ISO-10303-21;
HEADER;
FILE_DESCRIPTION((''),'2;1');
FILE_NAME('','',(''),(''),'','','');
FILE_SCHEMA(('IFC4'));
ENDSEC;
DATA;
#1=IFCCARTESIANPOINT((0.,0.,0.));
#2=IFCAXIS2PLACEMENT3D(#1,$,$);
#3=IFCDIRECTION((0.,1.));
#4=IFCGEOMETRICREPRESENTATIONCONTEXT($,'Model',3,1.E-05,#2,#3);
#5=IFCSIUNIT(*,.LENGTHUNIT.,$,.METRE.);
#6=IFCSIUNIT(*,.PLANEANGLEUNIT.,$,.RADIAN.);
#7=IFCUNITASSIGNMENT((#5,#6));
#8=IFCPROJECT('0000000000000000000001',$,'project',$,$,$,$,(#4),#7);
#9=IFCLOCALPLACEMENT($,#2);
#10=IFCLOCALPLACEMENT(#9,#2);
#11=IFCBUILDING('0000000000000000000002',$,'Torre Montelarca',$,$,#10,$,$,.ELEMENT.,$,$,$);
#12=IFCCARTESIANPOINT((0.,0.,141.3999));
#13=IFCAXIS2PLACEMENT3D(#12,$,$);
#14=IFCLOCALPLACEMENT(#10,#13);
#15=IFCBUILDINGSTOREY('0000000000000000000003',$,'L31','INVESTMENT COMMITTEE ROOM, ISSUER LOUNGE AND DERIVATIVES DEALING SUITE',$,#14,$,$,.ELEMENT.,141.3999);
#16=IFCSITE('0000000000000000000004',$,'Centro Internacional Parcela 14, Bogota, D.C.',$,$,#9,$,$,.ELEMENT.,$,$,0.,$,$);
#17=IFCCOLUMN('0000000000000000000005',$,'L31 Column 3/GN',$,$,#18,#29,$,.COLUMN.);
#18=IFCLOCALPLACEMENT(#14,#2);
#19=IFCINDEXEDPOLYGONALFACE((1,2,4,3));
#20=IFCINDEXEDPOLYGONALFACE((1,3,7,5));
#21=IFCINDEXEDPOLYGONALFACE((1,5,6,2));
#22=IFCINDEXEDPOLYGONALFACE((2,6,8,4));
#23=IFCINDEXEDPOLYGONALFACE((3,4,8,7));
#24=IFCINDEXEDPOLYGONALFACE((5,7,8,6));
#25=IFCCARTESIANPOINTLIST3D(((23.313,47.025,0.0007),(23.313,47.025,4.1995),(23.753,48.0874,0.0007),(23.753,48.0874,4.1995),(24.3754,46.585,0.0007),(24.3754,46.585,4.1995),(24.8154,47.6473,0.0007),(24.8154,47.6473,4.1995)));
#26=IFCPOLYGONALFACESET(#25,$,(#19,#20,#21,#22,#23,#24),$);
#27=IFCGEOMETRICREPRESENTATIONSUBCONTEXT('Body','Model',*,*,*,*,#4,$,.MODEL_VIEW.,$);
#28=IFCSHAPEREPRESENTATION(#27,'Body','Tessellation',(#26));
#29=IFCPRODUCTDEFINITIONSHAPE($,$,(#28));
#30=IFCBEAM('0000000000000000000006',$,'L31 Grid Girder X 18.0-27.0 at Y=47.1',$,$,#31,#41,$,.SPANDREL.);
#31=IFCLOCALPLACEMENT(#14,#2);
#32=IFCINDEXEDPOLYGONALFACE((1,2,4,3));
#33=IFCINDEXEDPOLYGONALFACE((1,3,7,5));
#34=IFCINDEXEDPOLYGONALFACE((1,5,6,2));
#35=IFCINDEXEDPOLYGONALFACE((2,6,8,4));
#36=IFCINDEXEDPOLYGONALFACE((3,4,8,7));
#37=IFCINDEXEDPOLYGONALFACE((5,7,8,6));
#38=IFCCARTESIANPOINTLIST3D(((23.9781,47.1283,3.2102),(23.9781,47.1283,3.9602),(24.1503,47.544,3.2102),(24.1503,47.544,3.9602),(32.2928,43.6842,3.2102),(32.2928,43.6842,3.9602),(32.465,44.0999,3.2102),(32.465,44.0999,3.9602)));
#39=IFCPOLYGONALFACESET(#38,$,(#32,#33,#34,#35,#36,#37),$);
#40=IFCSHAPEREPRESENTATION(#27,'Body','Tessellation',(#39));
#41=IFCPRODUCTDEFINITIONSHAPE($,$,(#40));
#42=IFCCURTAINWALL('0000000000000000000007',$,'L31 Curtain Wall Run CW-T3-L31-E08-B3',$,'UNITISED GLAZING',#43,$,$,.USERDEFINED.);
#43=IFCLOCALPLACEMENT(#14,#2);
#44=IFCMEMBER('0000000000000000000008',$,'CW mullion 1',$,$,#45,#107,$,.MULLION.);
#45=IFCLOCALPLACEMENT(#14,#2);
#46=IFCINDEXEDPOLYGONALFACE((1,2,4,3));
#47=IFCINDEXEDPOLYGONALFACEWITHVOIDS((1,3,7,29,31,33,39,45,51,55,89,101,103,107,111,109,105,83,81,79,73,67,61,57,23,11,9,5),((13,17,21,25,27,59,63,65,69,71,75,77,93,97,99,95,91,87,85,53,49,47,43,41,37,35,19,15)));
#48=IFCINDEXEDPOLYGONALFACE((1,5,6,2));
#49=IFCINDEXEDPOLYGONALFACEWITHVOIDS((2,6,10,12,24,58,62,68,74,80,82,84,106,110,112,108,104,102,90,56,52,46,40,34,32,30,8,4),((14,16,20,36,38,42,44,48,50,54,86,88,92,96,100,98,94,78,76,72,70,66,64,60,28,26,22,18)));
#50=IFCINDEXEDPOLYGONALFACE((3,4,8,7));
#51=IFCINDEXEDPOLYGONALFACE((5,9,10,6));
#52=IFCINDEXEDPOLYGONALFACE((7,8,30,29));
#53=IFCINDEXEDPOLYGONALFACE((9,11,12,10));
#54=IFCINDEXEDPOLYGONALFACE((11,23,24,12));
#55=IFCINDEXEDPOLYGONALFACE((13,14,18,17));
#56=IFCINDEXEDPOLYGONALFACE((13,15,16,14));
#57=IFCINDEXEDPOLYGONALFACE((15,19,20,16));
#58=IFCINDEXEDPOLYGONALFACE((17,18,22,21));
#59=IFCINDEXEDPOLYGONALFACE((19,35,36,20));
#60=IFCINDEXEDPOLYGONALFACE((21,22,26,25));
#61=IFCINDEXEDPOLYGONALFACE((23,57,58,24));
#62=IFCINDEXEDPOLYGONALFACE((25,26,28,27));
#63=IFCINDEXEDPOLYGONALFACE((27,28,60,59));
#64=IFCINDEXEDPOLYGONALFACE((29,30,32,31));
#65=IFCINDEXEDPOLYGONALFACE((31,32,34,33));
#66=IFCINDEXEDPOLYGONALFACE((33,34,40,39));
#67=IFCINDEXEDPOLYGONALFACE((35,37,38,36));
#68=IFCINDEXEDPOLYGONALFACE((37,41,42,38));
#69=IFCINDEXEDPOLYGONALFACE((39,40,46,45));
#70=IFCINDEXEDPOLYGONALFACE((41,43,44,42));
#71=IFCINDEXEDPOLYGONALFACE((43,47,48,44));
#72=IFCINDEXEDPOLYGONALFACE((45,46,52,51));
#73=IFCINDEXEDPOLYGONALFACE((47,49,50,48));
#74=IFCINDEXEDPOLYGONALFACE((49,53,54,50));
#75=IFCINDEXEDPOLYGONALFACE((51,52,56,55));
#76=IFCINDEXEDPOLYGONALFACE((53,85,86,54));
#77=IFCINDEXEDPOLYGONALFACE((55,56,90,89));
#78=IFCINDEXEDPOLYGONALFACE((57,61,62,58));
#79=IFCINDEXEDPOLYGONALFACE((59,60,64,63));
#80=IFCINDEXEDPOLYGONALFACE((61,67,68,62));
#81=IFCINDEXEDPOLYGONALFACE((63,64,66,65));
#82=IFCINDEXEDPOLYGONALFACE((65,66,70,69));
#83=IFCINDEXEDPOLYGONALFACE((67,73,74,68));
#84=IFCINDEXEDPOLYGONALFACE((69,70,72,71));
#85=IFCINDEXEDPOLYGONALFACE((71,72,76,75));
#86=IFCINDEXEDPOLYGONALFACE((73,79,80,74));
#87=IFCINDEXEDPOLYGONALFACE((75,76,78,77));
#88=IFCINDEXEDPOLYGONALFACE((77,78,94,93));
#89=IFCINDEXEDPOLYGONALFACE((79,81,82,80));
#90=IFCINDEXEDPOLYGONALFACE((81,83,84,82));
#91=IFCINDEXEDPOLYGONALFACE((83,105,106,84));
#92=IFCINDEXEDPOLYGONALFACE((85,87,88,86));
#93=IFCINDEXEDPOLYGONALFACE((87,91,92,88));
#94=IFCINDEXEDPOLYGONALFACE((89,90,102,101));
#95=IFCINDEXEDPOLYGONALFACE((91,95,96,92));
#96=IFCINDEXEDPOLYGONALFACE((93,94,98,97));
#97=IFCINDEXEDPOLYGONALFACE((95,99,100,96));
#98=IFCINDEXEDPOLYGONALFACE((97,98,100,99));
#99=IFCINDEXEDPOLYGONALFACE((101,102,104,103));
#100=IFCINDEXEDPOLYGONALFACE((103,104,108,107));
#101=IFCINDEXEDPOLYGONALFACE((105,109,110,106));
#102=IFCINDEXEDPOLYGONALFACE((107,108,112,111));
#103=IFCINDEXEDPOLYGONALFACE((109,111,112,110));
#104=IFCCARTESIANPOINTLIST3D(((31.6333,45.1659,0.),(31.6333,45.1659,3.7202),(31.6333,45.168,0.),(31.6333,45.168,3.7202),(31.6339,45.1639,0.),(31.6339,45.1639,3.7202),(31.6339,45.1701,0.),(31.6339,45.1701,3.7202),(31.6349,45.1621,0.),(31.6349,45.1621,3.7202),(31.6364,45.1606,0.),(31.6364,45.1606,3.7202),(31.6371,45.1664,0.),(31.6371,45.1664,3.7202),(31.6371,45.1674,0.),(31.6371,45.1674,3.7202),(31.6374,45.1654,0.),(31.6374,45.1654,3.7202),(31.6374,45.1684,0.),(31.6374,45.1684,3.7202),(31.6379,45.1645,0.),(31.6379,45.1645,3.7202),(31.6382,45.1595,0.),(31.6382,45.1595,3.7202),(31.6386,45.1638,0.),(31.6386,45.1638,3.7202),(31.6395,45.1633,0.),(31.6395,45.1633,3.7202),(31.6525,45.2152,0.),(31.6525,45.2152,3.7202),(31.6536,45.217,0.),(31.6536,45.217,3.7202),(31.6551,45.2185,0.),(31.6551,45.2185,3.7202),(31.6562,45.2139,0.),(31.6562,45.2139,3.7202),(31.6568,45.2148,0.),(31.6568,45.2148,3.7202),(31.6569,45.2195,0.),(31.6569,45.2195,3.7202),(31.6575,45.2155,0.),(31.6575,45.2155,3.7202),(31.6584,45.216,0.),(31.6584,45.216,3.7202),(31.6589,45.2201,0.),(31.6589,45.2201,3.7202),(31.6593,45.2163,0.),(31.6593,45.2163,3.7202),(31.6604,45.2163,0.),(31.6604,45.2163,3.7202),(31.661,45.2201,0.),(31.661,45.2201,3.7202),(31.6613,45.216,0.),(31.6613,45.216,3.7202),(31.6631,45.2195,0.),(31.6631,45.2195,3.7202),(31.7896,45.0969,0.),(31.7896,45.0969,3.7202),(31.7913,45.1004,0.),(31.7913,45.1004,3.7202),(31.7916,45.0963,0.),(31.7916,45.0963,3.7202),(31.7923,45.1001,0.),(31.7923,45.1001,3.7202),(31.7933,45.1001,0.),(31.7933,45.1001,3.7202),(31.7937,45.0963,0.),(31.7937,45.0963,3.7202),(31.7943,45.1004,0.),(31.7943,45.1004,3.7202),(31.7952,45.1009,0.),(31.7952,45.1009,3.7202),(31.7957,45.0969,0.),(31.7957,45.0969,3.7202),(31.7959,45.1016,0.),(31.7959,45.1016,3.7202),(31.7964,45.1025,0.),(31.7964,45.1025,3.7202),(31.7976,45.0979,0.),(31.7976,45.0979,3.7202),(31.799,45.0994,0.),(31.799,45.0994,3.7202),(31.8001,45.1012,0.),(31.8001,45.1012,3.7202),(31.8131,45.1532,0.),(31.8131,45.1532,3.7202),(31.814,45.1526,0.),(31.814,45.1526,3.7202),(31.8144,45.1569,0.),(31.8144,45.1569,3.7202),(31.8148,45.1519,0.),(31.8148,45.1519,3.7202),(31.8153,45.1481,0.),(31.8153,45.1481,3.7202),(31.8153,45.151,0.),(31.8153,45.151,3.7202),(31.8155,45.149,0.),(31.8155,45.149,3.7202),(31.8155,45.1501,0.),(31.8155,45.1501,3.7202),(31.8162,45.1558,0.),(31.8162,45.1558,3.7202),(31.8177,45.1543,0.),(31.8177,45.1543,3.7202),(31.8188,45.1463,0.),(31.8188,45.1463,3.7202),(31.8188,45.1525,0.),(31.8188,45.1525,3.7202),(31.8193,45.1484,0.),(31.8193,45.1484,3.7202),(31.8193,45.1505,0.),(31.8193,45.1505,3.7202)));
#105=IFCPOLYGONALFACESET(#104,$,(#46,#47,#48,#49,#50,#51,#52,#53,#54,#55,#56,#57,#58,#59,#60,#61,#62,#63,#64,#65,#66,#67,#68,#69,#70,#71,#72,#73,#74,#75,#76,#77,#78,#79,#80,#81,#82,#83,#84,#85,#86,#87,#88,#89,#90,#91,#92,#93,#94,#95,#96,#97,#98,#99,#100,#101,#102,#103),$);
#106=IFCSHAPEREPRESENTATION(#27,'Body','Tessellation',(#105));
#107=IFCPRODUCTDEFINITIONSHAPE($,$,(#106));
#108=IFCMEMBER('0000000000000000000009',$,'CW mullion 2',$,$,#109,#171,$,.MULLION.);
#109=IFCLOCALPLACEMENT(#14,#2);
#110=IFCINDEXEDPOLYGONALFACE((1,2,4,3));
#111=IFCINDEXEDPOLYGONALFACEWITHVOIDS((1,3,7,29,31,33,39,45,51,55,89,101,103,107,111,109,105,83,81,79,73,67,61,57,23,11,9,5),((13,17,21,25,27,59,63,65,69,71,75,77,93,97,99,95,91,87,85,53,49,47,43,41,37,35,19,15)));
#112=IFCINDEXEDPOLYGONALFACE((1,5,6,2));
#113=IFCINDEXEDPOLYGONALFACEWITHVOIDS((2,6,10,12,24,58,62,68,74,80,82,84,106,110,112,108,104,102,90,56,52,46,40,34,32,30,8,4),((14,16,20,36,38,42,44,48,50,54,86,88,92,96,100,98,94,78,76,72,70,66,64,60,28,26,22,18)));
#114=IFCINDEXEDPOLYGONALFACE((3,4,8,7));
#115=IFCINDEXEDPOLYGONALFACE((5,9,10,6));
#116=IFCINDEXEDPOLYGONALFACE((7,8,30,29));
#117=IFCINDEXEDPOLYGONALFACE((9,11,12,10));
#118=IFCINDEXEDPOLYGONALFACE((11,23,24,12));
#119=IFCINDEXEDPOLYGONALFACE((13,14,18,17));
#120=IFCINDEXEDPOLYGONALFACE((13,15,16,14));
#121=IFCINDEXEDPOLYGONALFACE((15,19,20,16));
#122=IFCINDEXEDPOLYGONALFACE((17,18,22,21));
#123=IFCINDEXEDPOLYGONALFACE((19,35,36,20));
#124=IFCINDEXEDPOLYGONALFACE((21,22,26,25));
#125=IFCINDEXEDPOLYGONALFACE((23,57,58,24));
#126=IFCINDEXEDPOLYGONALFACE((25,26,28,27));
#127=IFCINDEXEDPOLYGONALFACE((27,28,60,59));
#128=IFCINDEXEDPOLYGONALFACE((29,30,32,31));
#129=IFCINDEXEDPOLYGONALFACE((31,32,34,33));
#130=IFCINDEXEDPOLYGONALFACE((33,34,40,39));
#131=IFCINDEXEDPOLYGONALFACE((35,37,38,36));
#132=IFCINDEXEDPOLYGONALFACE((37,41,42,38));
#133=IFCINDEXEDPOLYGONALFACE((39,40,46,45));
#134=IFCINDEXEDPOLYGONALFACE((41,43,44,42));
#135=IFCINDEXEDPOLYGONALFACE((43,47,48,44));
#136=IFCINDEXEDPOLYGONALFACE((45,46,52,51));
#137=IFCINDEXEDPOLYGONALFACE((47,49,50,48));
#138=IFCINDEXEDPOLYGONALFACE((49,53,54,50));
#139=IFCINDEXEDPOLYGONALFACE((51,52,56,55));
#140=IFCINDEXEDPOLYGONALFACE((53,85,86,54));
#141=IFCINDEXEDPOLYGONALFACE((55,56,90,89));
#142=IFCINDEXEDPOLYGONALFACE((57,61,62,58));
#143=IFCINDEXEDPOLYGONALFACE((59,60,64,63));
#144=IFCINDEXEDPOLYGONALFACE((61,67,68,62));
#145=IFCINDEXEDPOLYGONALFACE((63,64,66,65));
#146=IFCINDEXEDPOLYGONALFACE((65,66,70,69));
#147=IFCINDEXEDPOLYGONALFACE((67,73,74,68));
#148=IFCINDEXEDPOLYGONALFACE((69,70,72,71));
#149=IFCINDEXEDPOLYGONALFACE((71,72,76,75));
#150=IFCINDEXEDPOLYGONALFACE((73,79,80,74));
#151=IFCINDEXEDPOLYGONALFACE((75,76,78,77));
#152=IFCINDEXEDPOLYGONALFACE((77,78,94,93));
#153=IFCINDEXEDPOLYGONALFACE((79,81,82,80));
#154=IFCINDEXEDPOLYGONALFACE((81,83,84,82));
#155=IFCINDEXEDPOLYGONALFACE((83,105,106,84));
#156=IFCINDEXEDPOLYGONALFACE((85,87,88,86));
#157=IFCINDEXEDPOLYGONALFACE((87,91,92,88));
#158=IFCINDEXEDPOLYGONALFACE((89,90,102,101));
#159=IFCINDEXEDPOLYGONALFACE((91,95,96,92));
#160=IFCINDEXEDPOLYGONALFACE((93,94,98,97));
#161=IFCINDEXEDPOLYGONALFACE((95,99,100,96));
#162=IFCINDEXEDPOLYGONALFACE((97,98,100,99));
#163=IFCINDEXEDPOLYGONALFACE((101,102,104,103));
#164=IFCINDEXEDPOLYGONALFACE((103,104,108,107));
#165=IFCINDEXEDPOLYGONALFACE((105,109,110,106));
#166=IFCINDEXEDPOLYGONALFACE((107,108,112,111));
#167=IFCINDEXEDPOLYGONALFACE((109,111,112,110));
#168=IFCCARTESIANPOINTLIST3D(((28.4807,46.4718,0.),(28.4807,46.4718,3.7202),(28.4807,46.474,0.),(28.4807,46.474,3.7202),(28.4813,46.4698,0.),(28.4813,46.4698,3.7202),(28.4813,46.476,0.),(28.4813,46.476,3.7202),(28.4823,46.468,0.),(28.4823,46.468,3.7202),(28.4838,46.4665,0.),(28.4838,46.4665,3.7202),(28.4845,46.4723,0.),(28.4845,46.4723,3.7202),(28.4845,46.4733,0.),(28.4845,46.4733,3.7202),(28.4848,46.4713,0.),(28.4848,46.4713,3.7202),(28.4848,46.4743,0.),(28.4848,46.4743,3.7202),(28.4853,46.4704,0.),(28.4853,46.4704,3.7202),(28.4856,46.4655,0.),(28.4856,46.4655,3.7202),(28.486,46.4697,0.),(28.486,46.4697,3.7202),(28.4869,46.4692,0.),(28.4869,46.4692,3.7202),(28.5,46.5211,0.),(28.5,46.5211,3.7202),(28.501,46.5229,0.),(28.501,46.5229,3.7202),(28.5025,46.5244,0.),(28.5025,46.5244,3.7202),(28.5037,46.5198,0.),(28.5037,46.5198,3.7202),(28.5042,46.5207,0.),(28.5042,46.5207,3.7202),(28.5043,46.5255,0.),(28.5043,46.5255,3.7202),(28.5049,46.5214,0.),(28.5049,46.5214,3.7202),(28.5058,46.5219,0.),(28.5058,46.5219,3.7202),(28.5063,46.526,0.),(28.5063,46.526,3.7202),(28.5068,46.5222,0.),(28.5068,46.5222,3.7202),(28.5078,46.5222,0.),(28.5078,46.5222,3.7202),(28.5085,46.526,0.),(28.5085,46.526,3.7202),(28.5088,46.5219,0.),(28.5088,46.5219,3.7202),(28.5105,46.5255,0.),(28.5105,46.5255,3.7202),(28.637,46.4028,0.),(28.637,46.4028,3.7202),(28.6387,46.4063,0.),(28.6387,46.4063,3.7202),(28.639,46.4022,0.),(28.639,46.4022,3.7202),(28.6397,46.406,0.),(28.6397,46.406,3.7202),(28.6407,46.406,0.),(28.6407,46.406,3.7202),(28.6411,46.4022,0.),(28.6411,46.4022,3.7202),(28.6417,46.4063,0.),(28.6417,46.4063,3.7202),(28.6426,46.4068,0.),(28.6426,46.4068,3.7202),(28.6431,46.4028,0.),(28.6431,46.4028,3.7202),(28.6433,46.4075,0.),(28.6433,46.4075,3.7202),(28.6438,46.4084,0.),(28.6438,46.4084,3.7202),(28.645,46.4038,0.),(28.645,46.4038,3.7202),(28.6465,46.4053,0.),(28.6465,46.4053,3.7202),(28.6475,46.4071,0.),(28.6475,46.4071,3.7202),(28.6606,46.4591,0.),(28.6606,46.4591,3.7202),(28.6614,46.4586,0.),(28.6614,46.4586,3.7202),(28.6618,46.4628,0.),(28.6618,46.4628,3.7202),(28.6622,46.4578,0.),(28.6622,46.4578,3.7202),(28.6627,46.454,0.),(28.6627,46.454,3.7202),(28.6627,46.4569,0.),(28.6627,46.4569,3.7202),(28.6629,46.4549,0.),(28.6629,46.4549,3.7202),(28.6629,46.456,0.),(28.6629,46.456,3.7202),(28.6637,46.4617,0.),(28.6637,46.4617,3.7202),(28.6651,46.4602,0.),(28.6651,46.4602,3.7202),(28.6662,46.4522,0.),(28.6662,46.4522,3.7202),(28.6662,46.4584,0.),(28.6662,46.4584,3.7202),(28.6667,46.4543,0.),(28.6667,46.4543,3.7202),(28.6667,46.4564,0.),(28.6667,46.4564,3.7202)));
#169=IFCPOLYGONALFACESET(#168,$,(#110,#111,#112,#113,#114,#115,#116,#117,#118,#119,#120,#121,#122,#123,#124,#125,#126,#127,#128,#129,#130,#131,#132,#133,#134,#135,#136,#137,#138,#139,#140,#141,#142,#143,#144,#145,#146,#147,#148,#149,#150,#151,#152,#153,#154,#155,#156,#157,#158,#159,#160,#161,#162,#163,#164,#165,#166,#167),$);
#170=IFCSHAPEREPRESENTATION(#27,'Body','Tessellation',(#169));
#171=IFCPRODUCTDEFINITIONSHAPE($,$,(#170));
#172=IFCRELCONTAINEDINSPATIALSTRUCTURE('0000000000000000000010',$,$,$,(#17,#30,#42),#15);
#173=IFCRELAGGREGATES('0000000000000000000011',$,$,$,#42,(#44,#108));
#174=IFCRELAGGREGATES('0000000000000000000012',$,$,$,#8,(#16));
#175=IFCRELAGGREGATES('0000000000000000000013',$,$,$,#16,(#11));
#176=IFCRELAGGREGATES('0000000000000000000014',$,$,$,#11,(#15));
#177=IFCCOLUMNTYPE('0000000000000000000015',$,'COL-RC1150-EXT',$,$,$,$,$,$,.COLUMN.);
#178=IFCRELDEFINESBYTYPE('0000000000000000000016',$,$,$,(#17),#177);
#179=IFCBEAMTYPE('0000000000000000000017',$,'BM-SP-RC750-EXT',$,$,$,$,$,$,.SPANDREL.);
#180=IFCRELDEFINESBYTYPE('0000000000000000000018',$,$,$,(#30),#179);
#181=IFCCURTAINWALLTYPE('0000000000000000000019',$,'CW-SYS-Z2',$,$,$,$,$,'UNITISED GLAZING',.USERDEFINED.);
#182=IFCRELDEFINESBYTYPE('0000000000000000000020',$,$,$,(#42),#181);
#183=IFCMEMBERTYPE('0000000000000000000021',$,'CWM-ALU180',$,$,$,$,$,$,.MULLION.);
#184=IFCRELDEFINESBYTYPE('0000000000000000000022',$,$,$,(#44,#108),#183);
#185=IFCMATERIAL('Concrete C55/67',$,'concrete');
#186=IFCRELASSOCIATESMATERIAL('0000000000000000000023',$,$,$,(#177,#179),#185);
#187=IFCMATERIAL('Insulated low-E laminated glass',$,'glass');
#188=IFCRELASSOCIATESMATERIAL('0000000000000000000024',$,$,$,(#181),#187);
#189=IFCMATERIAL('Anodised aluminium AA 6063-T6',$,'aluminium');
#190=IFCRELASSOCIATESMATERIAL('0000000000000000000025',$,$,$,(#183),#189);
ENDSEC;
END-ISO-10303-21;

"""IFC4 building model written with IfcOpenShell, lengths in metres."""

from ifc_helpers import new_model, si_unit, direction, frame, origin, origin_2d, place, context, subcontext, project, spatial, rectangle, hollow_rectangle, extrude, source, transform, mapped, material, material_profile, profile_set, type_object, element, aggregate, save


model = new_model("IFC4")

# Units and contexts
model_context = context("Model", 3, precision=1e-05, world=origin(), true_north=direction((0.0, 1.0)))
body_context = subcontext(model_context, "Body", "Model", "MODEL_VIEW")
ifc_project = project(units=[si_unit("LENGTHUNIT", "METRE"), si_unit("PLANEANGLEUNIT", "RADIAN")], contexts=[model_context])

# Site, building, storey
site_placement = place(None, origin())
site = spatial("IfcSite", under=ifc_project, at=site_placement, Name="Centro Internacional Parcela 14, Bogota, D.C.", CompositionType="ELEMENT", RefElevation=0.0)
building_placement = place(site_placement, origin())
building = spatial("IfcBuilding", under=site, at=building_placement, Name="Torre Montelarca", CompositionType="ELEMENT")
storey_placement = place(building_placement, frame((0.0, 0.0, 141.3999)))
storey = spatial("IfcBuildingStorey", under=building, at=storey_placement, Name="L31", Description="INVESTMENT COMMITTEE ROOM, ISSUER LOUNGE AND DERIVATIVES DEALING SUITE", CompositionType="ELEMENT", Elevation=141.3999)

# Column
ifc_material_1 = material(Name="Concrete C55/67", Category="concrete")
ifc_material_profile_1 = material_profile(ifc_material_1, rectangle(XDim=1.1499, YDim=1.1499, at=origin_2d()), Name="RC1150X1150", Category="concrete")
ifc_profile_set_1 = profile_set([ifc_material_profile_1], Name="Concrete C55/67")
column_type = type_object("IfcColumnType", Name="COL-RC1150-EXT", PredefinedType="COLUMN", material=ifc_profile_set_1)
shared_shape_1 = source(origin(), body_context, "Body", "SweptSolid", [
    extrude(rectangle(XDim=1.1499, YDim=1.1499, at=origin_2d()), origin(), (0.0, 0.0, 1.0), 4.1987),
])
column_placement = place(storey_placement, frame((24.0642, 47.3362, 0.0007), z_axis=(0.0, 0.0, 1.0), x_axis=(-0.92388, 0.382683, 0.0)))
element("IfcColumn", 1, at=column_placement, inside=storey, type_object=column_type, Name="L31 Column 3/GN", PredefinedType="COLUMN", context=body_context, shape_type="MappedRepresentation", body=[
    mapped(shared_shape_1, transform((0.0, 0.0, 0.0), scale=1.0)),
])

# Beam
ifc_material_profile_2 = material_profile(ifc_material_1, rectangle(XDim=0.45, YDim=0.75, at=origin_2d()), Name="RCB450X750", Category="concrete")
ifc_profile_set_2 = profile_set([ifc_material_profile_2], Name="Concrete C55/67")
beam_type = type_object("IfcBeamType", Name="BM-SP-RC750-EXT", PredefinedType="SPANDREL", material=ifc_profile_set_2)
shared_shape_2 = source(origin(), body_context, "Body", "SweptSolid", [
    extrude(rectangle(XDim=0.45, YDim=0.75, at=origin_2d()), origin(), (0.0, 0.0, 1.0), 8.9998),
])
beam_placement = place(storey_placement, frame((24.0642, 47.3362, 3.5852), z_axis=(0.923878, -0.382686, 0.0), x_axis=(0.382686, 0.923878, 0.0)))
element("IfcBeam", 2, at=beam_placement, inside=storey, type_object=beam_type, Name="L31 Grid Girder X 18.0-27.0 at Y=47.1", PredefinedType="SPANDREL", context=body_context, shape_type="MappedRepresentation", body=[
    mapped(shared_shape_2, transform((0.0, 0.0, 0.0), scale=1.0)),
])

# Curtain wall, members
ifc_material_2 = material(Name="Insulated low-E laminated glass", Category="glass")
curtain_wall_type = type_object("IfcCurtainWallType", Name="CW-SYS-Z2", ElementType="UNITISED GLAZING", PredefinedType="USERDEFINED", material=ifc_material_2)
curtain_wall_1_placement = place(storey_placement, origin())
curtain_wall_1 = element("IfcCurtainWall", 3, at=curtain_wall_1_placement, inside=storey, type_object=curtain_wall_type, Name="L31 Curtain Wall Run CW-T3-L31-E08-B3", ObjectType="UNITISED GLAZING", PredefinedType="USERDEFINED")
ifc_material_3 = material(Name="Anodised aluminium AA 6063-T6", Category="aluminium")
ifc_material_profile_3 = material_profile(ifc_material_3, hollow_rectangle(XDim=0.0649, YDim=0.1799, WallThickness=0.0039, InnerFilletRadius=0.0039, OuterFilletRadius=0.0081, at=origin_2d()), Name="ALU65X180X4", Category="aluminium")
ifc_profile_set_3 = profile_set([ifc_material_profile_3], Name="Anodised aluminium AA 6063-T6")
member_type_1 = type_object("IfcMemberType", Name="CWM-ALU180", PredefinedType="MULLION", material=ifc_profile_set_3)
shared_shape_3 = source(origin(), body_context, "Body", "SweptSolid", [
    extrude(hollow_rectangle(XDim=0.0649, YDim=0.1799, WallThickness=0.0039, InnerFilletRadius=0.0039, OuterFilletRadius=0.0081, at=origin_2d()), origin(), (0.0, 0.0, 1.0), 3.7202),
])
member_1_placement = place(storey_placement, frame((31.7263, 45.1582, 0.0), z_axis=(0.0, 0.0, 1.0), x_axis=(-0.382686, -0.923878, 0.0)))
member_1 = element("IfcMember", 4, at=member_1_placement, type_object=member_type_1, Name="CW mullion 1", PredefinedType="MULLION", context=body_context, shape_type="MappedRepresentation", body=[
    mapped(shared_shape_3, transform((0.0, 0.0, 0.0), scale=1.0)),
])
member_2_placement = place(storey_placement, frame((28.5737, 46.4641, 0.0), z_axis=(0.0, 0.0, 1.0), x_axis=(-0.382686, -0.923878, 0.0)))
member_2 = element("IfcMember", 5, at=member_2_placement, type_object=member_type_1, Name="CW mullion 2", PredefinedType="MULLION", context=body_context, shape_type="MappedRepresentation", body=[
    mapped(shared_shape_3, transform((0.0, 0.0, 0.0), scale=1.0)),
])

aggregate(curtain_wall_1, [member_1, member_2])

save(model, "model.ifc")
